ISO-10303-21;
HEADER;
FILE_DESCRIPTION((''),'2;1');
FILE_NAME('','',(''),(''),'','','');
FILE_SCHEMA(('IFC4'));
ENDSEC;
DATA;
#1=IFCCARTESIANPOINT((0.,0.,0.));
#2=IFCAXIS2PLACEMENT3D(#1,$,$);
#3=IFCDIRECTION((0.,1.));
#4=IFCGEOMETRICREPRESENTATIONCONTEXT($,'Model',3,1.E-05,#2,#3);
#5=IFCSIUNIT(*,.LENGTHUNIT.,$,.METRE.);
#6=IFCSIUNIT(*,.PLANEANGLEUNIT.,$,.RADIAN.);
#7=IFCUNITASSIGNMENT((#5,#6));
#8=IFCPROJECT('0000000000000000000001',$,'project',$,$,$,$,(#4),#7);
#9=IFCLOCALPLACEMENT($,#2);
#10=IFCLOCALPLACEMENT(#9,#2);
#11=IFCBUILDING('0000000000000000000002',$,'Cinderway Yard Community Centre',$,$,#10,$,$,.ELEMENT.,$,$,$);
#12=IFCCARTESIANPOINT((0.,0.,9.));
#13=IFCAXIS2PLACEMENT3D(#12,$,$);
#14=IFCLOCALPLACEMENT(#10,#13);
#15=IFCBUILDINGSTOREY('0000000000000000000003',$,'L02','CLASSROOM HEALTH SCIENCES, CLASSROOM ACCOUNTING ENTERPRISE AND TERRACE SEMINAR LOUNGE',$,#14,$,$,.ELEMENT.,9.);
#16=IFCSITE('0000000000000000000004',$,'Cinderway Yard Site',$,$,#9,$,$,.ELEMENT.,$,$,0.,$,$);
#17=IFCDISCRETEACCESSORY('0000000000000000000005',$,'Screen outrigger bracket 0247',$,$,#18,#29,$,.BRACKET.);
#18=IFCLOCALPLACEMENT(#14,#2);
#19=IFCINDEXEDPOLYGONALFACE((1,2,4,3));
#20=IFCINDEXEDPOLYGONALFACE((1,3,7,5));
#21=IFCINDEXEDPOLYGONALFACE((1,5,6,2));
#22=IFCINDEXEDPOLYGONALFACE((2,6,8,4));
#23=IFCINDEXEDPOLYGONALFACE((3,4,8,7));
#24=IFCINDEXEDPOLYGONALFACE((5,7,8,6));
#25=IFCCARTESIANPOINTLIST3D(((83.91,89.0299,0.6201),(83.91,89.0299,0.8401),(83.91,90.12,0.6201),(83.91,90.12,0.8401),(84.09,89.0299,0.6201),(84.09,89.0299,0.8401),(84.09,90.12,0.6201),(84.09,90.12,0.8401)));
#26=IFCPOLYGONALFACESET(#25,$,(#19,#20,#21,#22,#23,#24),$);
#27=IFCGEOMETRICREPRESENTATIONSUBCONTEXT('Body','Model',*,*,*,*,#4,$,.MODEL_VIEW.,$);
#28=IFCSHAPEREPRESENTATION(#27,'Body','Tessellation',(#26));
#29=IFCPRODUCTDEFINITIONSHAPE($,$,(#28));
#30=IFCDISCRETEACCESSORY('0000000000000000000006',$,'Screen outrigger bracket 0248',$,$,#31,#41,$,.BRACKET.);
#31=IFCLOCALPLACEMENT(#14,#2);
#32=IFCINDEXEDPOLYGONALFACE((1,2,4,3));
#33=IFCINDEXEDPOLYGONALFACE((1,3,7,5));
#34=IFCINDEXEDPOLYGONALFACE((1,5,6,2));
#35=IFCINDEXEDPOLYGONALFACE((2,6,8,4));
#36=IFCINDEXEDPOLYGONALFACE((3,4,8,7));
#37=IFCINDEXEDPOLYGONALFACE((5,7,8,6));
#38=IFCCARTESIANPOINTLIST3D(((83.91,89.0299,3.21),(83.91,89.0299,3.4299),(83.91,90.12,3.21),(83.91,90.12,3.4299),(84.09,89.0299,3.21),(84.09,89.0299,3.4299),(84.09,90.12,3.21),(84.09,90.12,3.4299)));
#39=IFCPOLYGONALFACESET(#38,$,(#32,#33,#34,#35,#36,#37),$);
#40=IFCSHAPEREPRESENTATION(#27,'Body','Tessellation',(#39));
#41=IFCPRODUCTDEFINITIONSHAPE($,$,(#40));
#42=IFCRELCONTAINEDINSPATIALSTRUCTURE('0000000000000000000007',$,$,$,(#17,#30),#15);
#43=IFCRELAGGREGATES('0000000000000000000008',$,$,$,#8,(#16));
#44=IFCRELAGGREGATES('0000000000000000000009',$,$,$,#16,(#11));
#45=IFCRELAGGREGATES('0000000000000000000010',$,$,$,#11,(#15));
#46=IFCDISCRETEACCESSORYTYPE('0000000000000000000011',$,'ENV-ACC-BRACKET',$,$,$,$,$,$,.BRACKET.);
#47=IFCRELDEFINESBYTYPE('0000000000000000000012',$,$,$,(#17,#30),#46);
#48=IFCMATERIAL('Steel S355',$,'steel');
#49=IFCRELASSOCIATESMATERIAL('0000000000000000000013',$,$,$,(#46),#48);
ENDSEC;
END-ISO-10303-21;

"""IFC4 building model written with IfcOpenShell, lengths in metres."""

from ifc_helpers import new_model, si_unit, direction, frame, origin, origin_2d, place, context, subcontext, project, spatial, rectangle, extrude, material, type_object, element, save


model = new_model("IFC4")

# Units and contexts
model_context = context("Model", 3, precision=1e-05, world=origin(), true_north=direction((0.0, 1.0)))
body_context = subcontext(model_context, "Body", "Model", "MODEL_VIEW")
ifc_project = project(units=[si_unit("LENGTHUNIT", "METRE"), si_unit("PLANEANGLEUNIT", "RADIAN")], contexts=[model_context])

# Site, building, storey
site_placement = place(None, origin())
site = spatial("IfcSite", under=ifc_project, at=site_placement, Name="Cinderway Yard Site", CompositionType="ELEMENT", RefElevation=0.0)
building_placement = place(site_placement, origin())
building = spatial("IfcBuilding", under=site, at=building_placement, Name="Cinderway Yard Community Centre", CompositionType="ELEMENT")
storey_placement = place(building_placement, frame((0.0, 0.0, 9.0)))
storey = spatial("IfcBuildingStorey", under=building, at=storey_placement, Name="L02", Description="CLASSROOM HEALTH SCIENCES, CLASSROOM ACCOUNTING ENTERPRISE AND TERRACE SEMINAR LOUNGE", CompositionType="ELEMENT", Elevation=9.0)

# Shared definitions
ifc_material_1 = material(Name="Steel S355", Category="steel")

# Discrete accessories
discrete_accessory_type = type_object("IfcDiscreteAccessoryType", Name="ENV-ACC-BRACKET", PredefinedType="BRACKET", material=ifc_material_1)
for number, where, z_axis, x_axis, name in (
    (1, (84.0, 89.575, 0.6201), (0.0, 0.0, 1.0), (0.0, -1.0, 0.0), "Screen outrigger bracket 0247"),
    (2, (84.0, 89.575, 3.21), (0.0, 0.0, 1.0), (0.0, -1.0, 0.0), "Screen outrigger bracket 0248"),
):
    element("IfcDiscreteAccessory", number, at=place(storey_placement, frame(where, z_axis=z_axis, x_axis=x_axis)), inside=storey, type_object=discrete_accessory_type, Name=name, PredefinedType="BRACKET", context=body_context, shape_type="SweptSolid", body=[
        extrude(rectangle(XDim=1.0901, YDim=0.1799, at=origin_2d()), origin(), (0.0, 0.0, 1.0), 0.22),
    ])

save(model, "model.ifc")
